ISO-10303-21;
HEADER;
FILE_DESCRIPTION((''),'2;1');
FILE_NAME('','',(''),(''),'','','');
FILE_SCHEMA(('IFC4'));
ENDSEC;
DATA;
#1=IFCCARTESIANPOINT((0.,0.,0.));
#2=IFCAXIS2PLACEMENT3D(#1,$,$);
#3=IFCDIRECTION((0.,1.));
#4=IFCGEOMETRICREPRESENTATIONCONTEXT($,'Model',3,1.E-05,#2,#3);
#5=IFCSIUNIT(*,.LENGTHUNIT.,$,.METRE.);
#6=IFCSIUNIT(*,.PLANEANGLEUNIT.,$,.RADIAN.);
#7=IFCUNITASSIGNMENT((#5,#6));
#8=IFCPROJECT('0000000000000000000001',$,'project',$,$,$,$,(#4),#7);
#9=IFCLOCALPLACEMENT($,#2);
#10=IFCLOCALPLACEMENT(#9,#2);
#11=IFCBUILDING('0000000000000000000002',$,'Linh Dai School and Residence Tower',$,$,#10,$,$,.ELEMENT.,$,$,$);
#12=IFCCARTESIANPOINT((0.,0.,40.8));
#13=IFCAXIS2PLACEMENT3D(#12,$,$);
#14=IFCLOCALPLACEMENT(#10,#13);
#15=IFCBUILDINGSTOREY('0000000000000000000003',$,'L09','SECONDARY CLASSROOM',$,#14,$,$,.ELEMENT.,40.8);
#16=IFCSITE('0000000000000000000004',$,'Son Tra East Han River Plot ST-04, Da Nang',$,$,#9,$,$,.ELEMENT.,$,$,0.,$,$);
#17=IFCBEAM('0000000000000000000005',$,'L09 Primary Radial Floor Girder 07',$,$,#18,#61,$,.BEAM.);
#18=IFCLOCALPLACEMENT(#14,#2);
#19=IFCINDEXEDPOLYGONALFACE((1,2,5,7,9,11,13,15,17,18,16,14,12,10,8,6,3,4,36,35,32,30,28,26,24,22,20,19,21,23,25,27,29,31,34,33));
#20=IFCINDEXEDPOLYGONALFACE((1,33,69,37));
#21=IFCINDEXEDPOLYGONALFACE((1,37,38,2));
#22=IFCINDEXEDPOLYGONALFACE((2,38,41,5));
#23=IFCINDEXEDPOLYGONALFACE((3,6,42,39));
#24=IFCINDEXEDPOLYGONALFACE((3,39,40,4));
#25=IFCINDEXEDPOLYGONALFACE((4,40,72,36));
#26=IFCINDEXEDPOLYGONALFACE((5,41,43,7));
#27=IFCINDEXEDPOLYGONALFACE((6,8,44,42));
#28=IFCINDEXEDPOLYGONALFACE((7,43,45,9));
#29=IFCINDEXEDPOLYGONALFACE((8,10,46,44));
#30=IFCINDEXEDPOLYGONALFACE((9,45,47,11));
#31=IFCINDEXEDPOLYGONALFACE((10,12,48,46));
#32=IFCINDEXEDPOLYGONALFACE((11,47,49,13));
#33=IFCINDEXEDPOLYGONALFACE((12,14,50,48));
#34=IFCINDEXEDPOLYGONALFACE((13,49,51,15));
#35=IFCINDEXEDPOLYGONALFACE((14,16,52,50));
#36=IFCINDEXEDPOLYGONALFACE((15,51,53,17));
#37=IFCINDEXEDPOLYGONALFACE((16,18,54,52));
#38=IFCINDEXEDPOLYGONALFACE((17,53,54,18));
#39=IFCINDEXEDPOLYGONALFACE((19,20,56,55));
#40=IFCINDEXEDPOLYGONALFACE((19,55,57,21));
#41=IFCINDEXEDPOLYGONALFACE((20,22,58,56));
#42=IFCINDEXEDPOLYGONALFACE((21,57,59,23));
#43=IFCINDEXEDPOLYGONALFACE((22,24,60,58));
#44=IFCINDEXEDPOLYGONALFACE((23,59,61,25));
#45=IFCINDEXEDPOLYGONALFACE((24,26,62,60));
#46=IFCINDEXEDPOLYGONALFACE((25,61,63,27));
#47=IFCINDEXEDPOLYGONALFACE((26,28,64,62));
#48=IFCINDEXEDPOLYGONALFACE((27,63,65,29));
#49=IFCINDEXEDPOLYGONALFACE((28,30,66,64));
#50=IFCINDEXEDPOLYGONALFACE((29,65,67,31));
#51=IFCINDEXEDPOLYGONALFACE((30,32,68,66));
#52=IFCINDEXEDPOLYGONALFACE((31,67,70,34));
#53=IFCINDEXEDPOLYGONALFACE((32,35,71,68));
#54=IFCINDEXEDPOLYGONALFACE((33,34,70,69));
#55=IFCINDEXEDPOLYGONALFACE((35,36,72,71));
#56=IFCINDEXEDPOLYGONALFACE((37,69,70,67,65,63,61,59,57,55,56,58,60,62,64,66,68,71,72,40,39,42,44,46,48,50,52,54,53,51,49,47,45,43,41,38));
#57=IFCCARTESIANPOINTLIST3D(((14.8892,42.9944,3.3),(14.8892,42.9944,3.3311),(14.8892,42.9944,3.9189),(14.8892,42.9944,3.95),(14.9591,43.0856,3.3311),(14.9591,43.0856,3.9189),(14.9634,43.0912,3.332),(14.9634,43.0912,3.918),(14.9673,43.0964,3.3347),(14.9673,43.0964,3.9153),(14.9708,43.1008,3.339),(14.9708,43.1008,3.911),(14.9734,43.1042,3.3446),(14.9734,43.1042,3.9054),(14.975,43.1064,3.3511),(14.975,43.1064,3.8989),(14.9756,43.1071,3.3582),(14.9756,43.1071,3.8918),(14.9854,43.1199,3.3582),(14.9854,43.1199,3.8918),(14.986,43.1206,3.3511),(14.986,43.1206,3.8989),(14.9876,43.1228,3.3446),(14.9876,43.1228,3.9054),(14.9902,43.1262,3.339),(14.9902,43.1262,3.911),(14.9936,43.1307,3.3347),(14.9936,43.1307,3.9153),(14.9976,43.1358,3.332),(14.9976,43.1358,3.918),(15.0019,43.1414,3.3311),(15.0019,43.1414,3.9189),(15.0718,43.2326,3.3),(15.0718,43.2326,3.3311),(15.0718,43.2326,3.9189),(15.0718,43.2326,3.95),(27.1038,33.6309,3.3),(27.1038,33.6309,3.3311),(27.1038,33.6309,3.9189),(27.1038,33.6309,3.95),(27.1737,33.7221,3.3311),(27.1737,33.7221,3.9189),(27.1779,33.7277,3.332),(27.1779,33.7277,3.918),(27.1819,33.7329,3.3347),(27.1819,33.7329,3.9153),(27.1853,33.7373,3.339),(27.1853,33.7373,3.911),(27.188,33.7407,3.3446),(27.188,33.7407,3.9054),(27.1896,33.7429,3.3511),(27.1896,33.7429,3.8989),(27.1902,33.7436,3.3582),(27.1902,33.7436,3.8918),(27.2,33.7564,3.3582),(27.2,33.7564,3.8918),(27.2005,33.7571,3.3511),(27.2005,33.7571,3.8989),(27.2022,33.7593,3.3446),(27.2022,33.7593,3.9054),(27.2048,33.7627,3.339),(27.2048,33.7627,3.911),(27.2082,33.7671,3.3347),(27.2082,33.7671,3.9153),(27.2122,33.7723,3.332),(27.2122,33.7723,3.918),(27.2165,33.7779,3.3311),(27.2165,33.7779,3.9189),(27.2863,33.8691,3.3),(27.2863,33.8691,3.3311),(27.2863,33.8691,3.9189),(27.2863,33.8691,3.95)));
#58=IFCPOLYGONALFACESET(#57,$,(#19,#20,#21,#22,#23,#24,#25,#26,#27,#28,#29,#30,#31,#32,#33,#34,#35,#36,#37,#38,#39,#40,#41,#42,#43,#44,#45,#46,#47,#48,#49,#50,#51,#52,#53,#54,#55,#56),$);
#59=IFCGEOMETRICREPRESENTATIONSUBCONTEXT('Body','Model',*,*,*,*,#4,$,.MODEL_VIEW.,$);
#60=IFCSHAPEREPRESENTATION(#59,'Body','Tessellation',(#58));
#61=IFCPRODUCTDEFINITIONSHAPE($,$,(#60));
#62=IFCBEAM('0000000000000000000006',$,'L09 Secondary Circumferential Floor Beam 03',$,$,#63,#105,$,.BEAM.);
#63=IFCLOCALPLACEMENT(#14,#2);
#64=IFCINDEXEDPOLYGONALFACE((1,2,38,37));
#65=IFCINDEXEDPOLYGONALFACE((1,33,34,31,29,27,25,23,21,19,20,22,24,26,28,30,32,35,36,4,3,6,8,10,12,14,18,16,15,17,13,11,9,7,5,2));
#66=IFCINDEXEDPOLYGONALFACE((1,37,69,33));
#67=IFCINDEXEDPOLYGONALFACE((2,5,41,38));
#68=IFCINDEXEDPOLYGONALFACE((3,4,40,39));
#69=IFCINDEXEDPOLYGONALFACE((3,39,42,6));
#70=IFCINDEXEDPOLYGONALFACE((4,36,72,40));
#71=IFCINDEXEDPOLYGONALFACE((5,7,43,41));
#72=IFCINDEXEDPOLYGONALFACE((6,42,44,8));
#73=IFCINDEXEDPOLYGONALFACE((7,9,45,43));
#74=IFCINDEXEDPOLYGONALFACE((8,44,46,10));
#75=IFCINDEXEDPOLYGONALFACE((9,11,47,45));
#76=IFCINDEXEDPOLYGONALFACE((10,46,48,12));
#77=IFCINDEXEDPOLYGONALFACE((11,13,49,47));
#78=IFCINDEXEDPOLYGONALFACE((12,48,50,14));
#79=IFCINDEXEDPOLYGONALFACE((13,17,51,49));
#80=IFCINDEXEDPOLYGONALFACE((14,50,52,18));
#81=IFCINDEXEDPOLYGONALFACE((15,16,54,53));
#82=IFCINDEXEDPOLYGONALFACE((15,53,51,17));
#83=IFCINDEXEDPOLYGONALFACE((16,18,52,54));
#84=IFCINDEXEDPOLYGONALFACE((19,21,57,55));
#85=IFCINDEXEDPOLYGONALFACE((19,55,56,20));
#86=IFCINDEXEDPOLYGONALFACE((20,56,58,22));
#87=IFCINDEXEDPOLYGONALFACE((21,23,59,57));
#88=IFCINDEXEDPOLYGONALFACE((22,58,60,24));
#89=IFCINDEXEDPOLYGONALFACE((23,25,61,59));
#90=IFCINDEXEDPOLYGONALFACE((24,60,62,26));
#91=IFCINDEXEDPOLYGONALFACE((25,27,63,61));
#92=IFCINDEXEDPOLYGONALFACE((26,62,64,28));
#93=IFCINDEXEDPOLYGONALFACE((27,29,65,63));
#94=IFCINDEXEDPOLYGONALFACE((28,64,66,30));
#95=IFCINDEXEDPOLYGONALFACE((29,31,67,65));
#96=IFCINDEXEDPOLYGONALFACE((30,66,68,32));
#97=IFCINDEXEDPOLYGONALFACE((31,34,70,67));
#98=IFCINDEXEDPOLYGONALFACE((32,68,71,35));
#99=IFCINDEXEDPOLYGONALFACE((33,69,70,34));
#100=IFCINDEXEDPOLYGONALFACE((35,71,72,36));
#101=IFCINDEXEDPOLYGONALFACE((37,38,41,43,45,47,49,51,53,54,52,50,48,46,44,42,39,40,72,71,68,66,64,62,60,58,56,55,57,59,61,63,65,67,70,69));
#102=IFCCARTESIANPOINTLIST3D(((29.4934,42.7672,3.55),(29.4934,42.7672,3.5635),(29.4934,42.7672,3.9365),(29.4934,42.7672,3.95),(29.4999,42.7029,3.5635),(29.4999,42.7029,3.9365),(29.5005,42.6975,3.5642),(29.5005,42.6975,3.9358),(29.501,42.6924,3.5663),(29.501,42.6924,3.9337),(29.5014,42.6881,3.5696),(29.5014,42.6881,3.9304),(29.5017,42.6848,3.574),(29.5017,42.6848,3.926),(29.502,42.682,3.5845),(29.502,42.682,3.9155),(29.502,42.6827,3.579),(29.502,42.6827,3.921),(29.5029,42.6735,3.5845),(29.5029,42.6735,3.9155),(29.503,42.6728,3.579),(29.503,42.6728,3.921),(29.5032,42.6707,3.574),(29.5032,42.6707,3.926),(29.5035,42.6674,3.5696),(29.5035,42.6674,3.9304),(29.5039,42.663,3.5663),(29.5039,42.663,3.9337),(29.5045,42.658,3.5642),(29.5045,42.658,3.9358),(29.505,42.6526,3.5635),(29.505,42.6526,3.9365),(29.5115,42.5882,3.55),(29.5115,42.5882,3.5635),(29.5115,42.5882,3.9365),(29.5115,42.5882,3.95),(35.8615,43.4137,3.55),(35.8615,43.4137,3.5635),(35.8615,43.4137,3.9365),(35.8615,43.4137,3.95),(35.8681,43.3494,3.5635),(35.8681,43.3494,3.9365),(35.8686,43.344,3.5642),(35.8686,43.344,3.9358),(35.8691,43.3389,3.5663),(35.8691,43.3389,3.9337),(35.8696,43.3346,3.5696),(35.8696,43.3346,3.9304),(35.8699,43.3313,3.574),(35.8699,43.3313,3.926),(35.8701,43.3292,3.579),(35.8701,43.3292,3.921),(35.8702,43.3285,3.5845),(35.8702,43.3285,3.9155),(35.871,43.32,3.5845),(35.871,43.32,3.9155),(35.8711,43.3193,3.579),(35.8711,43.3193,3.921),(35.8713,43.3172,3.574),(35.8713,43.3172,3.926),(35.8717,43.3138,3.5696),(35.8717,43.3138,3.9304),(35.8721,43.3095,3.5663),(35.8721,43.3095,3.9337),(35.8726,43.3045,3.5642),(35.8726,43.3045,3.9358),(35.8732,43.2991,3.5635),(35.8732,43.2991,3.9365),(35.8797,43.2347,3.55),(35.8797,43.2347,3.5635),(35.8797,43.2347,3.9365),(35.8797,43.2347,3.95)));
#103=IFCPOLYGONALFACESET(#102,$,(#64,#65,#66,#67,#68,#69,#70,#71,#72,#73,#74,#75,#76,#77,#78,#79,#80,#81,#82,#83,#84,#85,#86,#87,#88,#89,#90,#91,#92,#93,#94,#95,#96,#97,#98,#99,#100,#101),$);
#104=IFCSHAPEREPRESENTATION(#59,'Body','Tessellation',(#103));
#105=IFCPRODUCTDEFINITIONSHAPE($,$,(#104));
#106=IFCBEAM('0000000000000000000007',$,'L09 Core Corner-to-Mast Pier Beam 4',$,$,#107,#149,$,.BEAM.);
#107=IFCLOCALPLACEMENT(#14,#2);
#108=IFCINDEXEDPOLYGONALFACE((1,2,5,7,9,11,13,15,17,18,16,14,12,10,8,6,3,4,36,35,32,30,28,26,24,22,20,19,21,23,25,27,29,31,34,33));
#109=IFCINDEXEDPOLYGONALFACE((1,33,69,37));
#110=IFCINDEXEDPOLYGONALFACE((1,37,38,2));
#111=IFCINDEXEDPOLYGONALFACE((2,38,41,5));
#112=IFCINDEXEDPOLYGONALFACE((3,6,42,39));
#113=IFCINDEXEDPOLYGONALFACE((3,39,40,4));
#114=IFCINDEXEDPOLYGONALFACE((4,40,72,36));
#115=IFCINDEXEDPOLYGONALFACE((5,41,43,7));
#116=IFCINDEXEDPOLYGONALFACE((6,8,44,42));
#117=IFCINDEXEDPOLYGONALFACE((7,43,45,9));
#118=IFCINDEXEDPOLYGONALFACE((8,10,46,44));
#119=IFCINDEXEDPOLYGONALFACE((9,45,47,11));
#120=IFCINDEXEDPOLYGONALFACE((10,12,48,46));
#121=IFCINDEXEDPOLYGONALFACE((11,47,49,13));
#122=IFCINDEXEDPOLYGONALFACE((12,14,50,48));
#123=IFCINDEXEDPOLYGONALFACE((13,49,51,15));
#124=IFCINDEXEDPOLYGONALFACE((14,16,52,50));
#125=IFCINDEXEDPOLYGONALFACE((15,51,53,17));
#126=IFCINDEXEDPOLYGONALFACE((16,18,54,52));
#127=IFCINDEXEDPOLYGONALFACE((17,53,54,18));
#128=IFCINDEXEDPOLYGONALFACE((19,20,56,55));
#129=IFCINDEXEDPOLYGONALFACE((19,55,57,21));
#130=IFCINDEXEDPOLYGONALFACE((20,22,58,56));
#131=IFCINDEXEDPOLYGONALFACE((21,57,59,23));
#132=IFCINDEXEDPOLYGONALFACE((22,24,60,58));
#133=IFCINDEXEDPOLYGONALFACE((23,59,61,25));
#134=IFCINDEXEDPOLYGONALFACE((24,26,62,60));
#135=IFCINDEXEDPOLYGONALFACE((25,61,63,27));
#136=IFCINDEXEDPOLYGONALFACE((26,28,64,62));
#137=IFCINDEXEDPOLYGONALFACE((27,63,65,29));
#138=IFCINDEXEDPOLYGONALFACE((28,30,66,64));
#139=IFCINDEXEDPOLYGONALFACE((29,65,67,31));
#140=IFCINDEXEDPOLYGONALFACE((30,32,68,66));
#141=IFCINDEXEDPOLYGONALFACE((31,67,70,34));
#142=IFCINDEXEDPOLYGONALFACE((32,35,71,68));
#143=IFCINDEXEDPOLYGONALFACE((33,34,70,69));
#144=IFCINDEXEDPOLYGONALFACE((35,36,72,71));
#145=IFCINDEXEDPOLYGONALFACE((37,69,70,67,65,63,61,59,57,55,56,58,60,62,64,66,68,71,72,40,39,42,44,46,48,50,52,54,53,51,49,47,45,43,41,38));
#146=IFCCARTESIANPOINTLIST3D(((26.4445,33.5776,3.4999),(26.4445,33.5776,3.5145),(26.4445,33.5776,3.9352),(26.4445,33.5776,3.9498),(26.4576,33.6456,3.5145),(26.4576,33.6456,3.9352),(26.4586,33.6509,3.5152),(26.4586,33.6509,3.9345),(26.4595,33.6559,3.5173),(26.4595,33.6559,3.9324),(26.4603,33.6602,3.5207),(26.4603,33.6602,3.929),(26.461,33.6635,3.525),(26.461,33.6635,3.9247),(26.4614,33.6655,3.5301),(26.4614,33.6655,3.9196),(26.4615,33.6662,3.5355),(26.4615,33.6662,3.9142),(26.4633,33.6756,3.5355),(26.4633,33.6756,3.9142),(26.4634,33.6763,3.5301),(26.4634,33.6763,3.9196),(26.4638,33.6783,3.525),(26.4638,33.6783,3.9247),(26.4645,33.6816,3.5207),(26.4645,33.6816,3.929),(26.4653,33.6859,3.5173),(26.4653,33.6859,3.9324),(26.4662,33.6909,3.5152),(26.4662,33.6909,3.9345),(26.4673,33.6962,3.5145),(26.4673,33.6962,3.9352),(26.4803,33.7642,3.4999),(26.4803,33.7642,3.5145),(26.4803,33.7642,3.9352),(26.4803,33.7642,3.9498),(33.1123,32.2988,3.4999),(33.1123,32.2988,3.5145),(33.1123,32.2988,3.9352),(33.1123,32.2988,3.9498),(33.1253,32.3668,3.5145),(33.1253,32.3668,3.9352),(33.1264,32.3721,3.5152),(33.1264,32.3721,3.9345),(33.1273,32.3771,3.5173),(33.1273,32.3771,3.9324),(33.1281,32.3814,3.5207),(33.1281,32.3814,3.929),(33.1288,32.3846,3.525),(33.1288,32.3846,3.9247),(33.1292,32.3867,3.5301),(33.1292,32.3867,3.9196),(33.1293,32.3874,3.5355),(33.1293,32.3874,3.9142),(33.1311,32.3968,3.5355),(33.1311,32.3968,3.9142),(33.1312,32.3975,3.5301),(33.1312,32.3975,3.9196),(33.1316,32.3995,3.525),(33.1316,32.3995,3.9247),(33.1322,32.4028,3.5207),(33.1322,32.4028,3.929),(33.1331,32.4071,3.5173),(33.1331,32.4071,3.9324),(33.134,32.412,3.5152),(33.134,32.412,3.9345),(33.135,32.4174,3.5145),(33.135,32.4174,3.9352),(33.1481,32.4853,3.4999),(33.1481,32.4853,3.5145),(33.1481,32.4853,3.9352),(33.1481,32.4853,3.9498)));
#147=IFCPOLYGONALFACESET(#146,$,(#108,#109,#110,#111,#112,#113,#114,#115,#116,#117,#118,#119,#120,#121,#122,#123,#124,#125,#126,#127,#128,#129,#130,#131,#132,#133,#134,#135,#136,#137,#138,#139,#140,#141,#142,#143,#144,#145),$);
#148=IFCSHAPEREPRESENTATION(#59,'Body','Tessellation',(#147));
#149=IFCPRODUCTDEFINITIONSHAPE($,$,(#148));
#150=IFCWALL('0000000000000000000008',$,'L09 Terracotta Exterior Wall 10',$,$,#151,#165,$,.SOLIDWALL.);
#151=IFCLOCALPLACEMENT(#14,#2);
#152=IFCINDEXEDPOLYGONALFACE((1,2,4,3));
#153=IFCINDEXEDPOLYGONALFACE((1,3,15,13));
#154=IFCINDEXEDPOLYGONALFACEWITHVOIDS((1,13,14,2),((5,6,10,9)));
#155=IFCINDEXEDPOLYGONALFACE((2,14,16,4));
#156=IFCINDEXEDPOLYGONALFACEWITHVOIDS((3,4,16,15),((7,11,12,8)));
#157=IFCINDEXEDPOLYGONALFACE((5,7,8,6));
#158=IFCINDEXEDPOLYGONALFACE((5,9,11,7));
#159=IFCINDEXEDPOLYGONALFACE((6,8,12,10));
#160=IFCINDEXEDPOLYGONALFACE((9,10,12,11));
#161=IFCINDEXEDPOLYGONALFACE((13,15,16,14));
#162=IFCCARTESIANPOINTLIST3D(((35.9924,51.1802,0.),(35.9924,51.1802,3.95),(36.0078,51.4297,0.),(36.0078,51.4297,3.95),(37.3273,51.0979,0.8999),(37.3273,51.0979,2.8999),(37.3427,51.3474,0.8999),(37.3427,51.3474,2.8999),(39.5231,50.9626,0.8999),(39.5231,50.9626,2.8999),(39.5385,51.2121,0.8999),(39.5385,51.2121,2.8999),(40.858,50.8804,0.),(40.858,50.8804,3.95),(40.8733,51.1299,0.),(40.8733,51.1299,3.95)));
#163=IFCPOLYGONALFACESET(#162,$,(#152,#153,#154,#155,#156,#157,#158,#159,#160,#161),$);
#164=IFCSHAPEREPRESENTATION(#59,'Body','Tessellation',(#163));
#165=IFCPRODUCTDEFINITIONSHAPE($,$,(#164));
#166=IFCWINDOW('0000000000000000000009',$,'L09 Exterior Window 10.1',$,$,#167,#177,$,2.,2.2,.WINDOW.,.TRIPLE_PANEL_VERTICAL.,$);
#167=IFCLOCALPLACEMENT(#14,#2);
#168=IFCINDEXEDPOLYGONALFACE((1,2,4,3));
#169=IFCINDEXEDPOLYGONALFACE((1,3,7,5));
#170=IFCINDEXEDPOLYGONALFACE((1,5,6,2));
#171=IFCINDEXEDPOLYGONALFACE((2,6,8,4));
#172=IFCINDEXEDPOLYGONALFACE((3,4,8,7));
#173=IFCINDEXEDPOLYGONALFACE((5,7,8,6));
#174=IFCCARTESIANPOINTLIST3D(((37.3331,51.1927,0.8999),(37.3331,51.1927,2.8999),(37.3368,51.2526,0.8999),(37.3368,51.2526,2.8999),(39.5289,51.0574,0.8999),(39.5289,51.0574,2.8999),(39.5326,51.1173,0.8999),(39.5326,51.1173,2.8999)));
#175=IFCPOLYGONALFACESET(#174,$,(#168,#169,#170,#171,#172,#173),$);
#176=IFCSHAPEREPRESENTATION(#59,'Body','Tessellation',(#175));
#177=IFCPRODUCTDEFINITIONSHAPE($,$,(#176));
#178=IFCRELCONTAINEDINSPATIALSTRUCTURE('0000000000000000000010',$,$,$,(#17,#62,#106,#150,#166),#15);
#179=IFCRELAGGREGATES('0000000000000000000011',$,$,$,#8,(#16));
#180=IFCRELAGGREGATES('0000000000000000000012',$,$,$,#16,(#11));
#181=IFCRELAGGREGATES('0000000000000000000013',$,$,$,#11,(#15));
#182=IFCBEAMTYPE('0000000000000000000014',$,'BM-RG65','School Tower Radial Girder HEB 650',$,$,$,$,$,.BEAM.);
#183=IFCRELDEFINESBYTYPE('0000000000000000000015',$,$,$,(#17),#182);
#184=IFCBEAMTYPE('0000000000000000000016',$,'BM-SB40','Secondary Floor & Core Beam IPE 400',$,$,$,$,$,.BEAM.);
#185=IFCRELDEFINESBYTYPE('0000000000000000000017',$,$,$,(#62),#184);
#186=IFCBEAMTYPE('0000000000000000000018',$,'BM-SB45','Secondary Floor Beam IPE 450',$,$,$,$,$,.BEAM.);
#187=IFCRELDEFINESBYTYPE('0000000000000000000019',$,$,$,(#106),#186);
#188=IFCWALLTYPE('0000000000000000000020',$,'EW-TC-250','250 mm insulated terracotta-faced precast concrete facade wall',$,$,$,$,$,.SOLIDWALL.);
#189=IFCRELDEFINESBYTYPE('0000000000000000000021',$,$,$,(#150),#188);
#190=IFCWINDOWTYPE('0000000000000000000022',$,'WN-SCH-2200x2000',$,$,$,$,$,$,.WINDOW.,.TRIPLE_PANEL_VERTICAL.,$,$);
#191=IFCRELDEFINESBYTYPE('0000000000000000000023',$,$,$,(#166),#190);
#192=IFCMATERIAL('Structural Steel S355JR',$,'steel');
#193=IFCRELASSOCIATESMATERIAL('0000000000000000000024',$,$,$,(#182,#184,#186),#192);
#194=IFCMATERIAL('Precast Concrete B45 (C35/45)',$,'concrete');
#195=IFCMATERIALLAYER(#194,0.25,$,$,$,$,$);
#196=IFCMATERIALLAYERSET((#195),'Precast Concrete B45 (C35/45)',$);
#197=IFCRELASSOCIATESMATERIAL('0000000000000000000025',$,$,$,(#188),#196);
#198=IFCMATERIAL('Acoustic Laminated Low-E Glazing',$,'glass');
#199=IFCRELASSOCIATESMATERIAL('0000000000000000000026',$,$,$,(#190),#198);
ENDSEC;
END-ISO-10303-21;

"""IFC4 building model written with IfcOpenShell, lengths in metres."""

from ifc_helpers import new_model, si_unit, direction, frame, frame_2d, origin, origin_2d, place, context, subcontext, project, spatial, rectangle, i_section, extrude, source, transform, mapped, material, layer, layer_set, material_profile, profile_set, type_object, element, fill, save


model = new_model("IFC4")

# Units and contexts
model_context = context("Model", 3, precision=1e-05, world=origin(), true_north=direction((0.0, 1.0)))
body_context = subcontext(model_context, "Body", "Model", "MODEL_VIEW")
ifc_project = project(units=[si_unit("LENGTHUNIT", "METRE"), si_unit("PLANEANGLEUNIT", "RADIAN")], contexts=[model_context])

# Site, building, storey
site_placement = place(None, origin())
site = spatial("IfcSite", under=ifc_project, at=site_placement, Name="Son Tra East Han River Plot ST-04, Da Nang", CompositionType="ELEMENT", RefElevation=0.0)
building_placement = place(site_placement, origin())
building = spatial("IfcBuilding", under=site, at=building_placement, Name="Linh Dai School and Residence Tower", CompositionType="ELEMENT")
storey_placement = place(building_placement, frame((0.0, 0.0, 40.8)))
storey = spatial("IfcBuildingStorey", under=building, at=storey_placement, Name="L09", Description="SECONDARY CLASSROOM", CompositionType="ELEMENT", Elevation=40.8)

# Shared definitions
ifc_material_1 = material(Name="Structural Steel S355JR", Category="steel")

# Beams
ifc_material_profile_1 = material_profile(ifc_material_1, i_section(OverallWidth=0.3, OverallDepth=0.6499, WebThickness=0.0161, FlangeThickness=0.031, FilletRadius=0.0271, at=origin_2d()), Name="HEB 650")
ifc_profile_set_1 = profile_set([ifc_material_profile_1], Name="Structural Steel S355JR")
beam_type_1 = type_object("IfcBeamType", Name="BM-RG65", Description="School Tower Radial Girder HEB 650", PredefinedType="BEAM", material=ifc_profile_set_1)
beam_1_placement = place(storey_placement, frame((27.1951, 33.75, 3.625), z_axis=(-0.793638, 0.608391, 0.0), x_axis=(-0.608391, -0.793638, 0.0)))
element("IfcBeam", 1, at=beam_1_placement, inside=storey, type_object=beam_type_1, Name="L09 Primary Radial Floor Girder 07", PredefinedType="BEAM", context=body_context, shape_type="SweptSolid", body=[
    extrude(i_section(OverallWidth=0.3, OverallDepth=0.6499, WebThickness=0.0161, FlangeThickness=0.031, FilletRadius=0.0271, at=origin_2d()), origin(), (0.0, 0.0, 1.0), 15.3906),
])
ifc_material_profile_2 = material_profile(ifc_material_1, i_section(OverallWidth=0.1799, OverallDepth=0.3999, WebThickness=0.0085, FlangeThickness=0.0134, FilletRadius=0.021, at=origin_2d()), Name="IPE 400")
ifc_profile_set_2 = profile_set([ifc_material_profile_2], Name="Structural Steel S355JR")
beam_type_2 = type_object("IfcBeamType", Name="BM-SB40", Description="Secondary Floor & Core Beam IPE 400", PredefinedType="BEAM", material=ifc_profile_set_2)
beam_2_placement = place(storey_placement, frame((35.8706, 43.3242, 3.75), z_axis=(-0.994887, -0.100999, 0.0), x_axis=(0.100999, -0.994887, 0.0)))
element("IfcBeam", 2, at=beam_2_placement, inside=storey, type_object=beam_type_2, Name="L09 Secondary Circumferential Floor Beam 03", PredefinedType="BEAM", context=body_context, shape_type="SweptSolid", body=[
    extrude(i_section(OverallWidth=0.1799, OverallDepth=0.3999, WebThickness=0.0085, FlangeThickness=0.0134, FilletRadius=0.021, at=origin_2d()), origin(), (0.0, 0.0, 1.0), 6.4009),
])
ifc_material_profile_3 = material_profile(ifc_material_1, i_section(OverallWidth=0.1899, OverallDepth=0.45, WebThickness=0.0095, FlangeThickness=0.0146, FilletRadius=0.021, at=origin_2d()), Name="IPE 450")
ifc_profile_set_3 = profile_set([ifc_material_profile_3], Name="Structural Steel S355JR")
beam_type_3 = type_object("IfcBeamType", Name="BM-SB45", Description="Secondary Floor Beam IPE 450", PredefinedType="BEAM", material=ifc_profile_set_3)
beam_3_placement = place(storey_placement, frame((26.4624, 33.6709, 3.7249), z_axis=(0.9821, -0.188358, 0.0), x_axis=(0.188358, 0.9821, 0.0)))
element("IfcBeam", 3, at=beam_3_placement, inside=storey, type_object=beam_type_3, Name="L09 Core Corner-to-Mast Pier Beam 4", PredefinedType="BEAM", context=body_context, shape_type="SweptSolid", body=[
    extrude(i_section(OverallWidth=0.1899, OverallDepth=0.45, WebThickness=0.0095, FlangeThickness=0.0146, FilletRadius=0.021, at=origin_2d()), origin(), (0.0, 0.0, 1.0), 6.7893),
])

# Wall, opening, window
ifc_material_2 = material(Name="Precast Concrete B45 (C35/45)", Category="concrete")
ifc_layer_1 = layer(ifc_material_2, 0.25)
ifc_layer_set_1 = layer_set([ifc_layer_1], Name="Precast Concrete B45 (C35/45)")
wall_type_1 = type_object("IfcWallType", Name="EW-TC-250", Description="250 mm insulated terracotta-faced precast concrete facade wall", PredefinedType="SOLIDWALL", material=ifc_layer_set_1)
wall_1_placement = place(storey_placement, frame((36.0, 51.3049, 0.0), z_axis=(0.0, 0.0, 1.0), x_axis=(0.998107, -0.061502, 0.0)))
wall_1 = element("IfcWall", 4, at=wall_1_placement, inside=storey, type_object=wall_type_1, Name="L09 Terracotta Exterior Wall 10", PredefinedType="SOLIDWALL", context=body_context, shape_type="SweptSolid", body=[
    extrude(rectangle(XDim=4.8748, YDim=0.25, at=frame_2d((2.4375, 0.0))), origin(), (0.0, 0.0, 1.0), 3.95),
])
opening_1_placement = place(wall_1_placement, frame((1.3374, 0.0, 0.8999)))
opening_1 = element("IfcOpeningElement", 5, at=opening_1_placement, cuts=wall_1, PredefinedType="OPENING", context=body_context, shape_type="SweptSolid", body=[
    extrude(rectangle(XDim=2.2, YDim=2.0, at=origin_2d()), frame((1.1001, 0.135, 1.0), z_axis=(0.0, -1.0, 0.0), x_axis=(1.0, 0.0, 0.0)), (0.0, 0.0, 1.0), 0.27),
])
ifc_material_3 = material(Name="Acoustic Laminated Low-E Glazing", Category="glass")
window_type = type_object("IfcWindowType", Name="WN-SCH-2200x2000", PartitioningType="TRIPLE_PANEL_VERTICAL", PredefinedType="WINDOW", material=ifc_material_3)
shared_shape_1 = source(origin(), body_context, "Body", "SweptSolid", [
    extrude(rectangle(XDim=2.2, YDim=2.0, at=origin_2d()), frame((1.1001, 0.03, 1.0), z_axis=(0.0, -1.0, 0.0), x_axis=(1.0, 0.0, 0.0)), (0.0, 0.0, 1.0), 0.0601),
])
window_1_placement = place(opening_1_placement, origin())
window_1 = element("IfcWindow", 6, at=window_1_placement, inside=storey, type_object=window_type, Name="L09 Exterior Window 10.1", OverallHeight=2.0, OverallWidth=2.2, PartitioningType="TRIPLE_PANEL_VERTICAL", PredefinedType="WINDOW", context=body_context, shape_type="MappedRepresentation", body=[
    mapped(shared_shape_1, transform((0.0, 0.0, 0.0), x_axis=(1.0, 0.0, 0.0), y_axis=(0.0, 1.0, 0.0), z_axis=(0.0, 0.0, 1.0), scale=1.0)),
])
fill(opening_1, window_1)

save(model, "model.ifc")
